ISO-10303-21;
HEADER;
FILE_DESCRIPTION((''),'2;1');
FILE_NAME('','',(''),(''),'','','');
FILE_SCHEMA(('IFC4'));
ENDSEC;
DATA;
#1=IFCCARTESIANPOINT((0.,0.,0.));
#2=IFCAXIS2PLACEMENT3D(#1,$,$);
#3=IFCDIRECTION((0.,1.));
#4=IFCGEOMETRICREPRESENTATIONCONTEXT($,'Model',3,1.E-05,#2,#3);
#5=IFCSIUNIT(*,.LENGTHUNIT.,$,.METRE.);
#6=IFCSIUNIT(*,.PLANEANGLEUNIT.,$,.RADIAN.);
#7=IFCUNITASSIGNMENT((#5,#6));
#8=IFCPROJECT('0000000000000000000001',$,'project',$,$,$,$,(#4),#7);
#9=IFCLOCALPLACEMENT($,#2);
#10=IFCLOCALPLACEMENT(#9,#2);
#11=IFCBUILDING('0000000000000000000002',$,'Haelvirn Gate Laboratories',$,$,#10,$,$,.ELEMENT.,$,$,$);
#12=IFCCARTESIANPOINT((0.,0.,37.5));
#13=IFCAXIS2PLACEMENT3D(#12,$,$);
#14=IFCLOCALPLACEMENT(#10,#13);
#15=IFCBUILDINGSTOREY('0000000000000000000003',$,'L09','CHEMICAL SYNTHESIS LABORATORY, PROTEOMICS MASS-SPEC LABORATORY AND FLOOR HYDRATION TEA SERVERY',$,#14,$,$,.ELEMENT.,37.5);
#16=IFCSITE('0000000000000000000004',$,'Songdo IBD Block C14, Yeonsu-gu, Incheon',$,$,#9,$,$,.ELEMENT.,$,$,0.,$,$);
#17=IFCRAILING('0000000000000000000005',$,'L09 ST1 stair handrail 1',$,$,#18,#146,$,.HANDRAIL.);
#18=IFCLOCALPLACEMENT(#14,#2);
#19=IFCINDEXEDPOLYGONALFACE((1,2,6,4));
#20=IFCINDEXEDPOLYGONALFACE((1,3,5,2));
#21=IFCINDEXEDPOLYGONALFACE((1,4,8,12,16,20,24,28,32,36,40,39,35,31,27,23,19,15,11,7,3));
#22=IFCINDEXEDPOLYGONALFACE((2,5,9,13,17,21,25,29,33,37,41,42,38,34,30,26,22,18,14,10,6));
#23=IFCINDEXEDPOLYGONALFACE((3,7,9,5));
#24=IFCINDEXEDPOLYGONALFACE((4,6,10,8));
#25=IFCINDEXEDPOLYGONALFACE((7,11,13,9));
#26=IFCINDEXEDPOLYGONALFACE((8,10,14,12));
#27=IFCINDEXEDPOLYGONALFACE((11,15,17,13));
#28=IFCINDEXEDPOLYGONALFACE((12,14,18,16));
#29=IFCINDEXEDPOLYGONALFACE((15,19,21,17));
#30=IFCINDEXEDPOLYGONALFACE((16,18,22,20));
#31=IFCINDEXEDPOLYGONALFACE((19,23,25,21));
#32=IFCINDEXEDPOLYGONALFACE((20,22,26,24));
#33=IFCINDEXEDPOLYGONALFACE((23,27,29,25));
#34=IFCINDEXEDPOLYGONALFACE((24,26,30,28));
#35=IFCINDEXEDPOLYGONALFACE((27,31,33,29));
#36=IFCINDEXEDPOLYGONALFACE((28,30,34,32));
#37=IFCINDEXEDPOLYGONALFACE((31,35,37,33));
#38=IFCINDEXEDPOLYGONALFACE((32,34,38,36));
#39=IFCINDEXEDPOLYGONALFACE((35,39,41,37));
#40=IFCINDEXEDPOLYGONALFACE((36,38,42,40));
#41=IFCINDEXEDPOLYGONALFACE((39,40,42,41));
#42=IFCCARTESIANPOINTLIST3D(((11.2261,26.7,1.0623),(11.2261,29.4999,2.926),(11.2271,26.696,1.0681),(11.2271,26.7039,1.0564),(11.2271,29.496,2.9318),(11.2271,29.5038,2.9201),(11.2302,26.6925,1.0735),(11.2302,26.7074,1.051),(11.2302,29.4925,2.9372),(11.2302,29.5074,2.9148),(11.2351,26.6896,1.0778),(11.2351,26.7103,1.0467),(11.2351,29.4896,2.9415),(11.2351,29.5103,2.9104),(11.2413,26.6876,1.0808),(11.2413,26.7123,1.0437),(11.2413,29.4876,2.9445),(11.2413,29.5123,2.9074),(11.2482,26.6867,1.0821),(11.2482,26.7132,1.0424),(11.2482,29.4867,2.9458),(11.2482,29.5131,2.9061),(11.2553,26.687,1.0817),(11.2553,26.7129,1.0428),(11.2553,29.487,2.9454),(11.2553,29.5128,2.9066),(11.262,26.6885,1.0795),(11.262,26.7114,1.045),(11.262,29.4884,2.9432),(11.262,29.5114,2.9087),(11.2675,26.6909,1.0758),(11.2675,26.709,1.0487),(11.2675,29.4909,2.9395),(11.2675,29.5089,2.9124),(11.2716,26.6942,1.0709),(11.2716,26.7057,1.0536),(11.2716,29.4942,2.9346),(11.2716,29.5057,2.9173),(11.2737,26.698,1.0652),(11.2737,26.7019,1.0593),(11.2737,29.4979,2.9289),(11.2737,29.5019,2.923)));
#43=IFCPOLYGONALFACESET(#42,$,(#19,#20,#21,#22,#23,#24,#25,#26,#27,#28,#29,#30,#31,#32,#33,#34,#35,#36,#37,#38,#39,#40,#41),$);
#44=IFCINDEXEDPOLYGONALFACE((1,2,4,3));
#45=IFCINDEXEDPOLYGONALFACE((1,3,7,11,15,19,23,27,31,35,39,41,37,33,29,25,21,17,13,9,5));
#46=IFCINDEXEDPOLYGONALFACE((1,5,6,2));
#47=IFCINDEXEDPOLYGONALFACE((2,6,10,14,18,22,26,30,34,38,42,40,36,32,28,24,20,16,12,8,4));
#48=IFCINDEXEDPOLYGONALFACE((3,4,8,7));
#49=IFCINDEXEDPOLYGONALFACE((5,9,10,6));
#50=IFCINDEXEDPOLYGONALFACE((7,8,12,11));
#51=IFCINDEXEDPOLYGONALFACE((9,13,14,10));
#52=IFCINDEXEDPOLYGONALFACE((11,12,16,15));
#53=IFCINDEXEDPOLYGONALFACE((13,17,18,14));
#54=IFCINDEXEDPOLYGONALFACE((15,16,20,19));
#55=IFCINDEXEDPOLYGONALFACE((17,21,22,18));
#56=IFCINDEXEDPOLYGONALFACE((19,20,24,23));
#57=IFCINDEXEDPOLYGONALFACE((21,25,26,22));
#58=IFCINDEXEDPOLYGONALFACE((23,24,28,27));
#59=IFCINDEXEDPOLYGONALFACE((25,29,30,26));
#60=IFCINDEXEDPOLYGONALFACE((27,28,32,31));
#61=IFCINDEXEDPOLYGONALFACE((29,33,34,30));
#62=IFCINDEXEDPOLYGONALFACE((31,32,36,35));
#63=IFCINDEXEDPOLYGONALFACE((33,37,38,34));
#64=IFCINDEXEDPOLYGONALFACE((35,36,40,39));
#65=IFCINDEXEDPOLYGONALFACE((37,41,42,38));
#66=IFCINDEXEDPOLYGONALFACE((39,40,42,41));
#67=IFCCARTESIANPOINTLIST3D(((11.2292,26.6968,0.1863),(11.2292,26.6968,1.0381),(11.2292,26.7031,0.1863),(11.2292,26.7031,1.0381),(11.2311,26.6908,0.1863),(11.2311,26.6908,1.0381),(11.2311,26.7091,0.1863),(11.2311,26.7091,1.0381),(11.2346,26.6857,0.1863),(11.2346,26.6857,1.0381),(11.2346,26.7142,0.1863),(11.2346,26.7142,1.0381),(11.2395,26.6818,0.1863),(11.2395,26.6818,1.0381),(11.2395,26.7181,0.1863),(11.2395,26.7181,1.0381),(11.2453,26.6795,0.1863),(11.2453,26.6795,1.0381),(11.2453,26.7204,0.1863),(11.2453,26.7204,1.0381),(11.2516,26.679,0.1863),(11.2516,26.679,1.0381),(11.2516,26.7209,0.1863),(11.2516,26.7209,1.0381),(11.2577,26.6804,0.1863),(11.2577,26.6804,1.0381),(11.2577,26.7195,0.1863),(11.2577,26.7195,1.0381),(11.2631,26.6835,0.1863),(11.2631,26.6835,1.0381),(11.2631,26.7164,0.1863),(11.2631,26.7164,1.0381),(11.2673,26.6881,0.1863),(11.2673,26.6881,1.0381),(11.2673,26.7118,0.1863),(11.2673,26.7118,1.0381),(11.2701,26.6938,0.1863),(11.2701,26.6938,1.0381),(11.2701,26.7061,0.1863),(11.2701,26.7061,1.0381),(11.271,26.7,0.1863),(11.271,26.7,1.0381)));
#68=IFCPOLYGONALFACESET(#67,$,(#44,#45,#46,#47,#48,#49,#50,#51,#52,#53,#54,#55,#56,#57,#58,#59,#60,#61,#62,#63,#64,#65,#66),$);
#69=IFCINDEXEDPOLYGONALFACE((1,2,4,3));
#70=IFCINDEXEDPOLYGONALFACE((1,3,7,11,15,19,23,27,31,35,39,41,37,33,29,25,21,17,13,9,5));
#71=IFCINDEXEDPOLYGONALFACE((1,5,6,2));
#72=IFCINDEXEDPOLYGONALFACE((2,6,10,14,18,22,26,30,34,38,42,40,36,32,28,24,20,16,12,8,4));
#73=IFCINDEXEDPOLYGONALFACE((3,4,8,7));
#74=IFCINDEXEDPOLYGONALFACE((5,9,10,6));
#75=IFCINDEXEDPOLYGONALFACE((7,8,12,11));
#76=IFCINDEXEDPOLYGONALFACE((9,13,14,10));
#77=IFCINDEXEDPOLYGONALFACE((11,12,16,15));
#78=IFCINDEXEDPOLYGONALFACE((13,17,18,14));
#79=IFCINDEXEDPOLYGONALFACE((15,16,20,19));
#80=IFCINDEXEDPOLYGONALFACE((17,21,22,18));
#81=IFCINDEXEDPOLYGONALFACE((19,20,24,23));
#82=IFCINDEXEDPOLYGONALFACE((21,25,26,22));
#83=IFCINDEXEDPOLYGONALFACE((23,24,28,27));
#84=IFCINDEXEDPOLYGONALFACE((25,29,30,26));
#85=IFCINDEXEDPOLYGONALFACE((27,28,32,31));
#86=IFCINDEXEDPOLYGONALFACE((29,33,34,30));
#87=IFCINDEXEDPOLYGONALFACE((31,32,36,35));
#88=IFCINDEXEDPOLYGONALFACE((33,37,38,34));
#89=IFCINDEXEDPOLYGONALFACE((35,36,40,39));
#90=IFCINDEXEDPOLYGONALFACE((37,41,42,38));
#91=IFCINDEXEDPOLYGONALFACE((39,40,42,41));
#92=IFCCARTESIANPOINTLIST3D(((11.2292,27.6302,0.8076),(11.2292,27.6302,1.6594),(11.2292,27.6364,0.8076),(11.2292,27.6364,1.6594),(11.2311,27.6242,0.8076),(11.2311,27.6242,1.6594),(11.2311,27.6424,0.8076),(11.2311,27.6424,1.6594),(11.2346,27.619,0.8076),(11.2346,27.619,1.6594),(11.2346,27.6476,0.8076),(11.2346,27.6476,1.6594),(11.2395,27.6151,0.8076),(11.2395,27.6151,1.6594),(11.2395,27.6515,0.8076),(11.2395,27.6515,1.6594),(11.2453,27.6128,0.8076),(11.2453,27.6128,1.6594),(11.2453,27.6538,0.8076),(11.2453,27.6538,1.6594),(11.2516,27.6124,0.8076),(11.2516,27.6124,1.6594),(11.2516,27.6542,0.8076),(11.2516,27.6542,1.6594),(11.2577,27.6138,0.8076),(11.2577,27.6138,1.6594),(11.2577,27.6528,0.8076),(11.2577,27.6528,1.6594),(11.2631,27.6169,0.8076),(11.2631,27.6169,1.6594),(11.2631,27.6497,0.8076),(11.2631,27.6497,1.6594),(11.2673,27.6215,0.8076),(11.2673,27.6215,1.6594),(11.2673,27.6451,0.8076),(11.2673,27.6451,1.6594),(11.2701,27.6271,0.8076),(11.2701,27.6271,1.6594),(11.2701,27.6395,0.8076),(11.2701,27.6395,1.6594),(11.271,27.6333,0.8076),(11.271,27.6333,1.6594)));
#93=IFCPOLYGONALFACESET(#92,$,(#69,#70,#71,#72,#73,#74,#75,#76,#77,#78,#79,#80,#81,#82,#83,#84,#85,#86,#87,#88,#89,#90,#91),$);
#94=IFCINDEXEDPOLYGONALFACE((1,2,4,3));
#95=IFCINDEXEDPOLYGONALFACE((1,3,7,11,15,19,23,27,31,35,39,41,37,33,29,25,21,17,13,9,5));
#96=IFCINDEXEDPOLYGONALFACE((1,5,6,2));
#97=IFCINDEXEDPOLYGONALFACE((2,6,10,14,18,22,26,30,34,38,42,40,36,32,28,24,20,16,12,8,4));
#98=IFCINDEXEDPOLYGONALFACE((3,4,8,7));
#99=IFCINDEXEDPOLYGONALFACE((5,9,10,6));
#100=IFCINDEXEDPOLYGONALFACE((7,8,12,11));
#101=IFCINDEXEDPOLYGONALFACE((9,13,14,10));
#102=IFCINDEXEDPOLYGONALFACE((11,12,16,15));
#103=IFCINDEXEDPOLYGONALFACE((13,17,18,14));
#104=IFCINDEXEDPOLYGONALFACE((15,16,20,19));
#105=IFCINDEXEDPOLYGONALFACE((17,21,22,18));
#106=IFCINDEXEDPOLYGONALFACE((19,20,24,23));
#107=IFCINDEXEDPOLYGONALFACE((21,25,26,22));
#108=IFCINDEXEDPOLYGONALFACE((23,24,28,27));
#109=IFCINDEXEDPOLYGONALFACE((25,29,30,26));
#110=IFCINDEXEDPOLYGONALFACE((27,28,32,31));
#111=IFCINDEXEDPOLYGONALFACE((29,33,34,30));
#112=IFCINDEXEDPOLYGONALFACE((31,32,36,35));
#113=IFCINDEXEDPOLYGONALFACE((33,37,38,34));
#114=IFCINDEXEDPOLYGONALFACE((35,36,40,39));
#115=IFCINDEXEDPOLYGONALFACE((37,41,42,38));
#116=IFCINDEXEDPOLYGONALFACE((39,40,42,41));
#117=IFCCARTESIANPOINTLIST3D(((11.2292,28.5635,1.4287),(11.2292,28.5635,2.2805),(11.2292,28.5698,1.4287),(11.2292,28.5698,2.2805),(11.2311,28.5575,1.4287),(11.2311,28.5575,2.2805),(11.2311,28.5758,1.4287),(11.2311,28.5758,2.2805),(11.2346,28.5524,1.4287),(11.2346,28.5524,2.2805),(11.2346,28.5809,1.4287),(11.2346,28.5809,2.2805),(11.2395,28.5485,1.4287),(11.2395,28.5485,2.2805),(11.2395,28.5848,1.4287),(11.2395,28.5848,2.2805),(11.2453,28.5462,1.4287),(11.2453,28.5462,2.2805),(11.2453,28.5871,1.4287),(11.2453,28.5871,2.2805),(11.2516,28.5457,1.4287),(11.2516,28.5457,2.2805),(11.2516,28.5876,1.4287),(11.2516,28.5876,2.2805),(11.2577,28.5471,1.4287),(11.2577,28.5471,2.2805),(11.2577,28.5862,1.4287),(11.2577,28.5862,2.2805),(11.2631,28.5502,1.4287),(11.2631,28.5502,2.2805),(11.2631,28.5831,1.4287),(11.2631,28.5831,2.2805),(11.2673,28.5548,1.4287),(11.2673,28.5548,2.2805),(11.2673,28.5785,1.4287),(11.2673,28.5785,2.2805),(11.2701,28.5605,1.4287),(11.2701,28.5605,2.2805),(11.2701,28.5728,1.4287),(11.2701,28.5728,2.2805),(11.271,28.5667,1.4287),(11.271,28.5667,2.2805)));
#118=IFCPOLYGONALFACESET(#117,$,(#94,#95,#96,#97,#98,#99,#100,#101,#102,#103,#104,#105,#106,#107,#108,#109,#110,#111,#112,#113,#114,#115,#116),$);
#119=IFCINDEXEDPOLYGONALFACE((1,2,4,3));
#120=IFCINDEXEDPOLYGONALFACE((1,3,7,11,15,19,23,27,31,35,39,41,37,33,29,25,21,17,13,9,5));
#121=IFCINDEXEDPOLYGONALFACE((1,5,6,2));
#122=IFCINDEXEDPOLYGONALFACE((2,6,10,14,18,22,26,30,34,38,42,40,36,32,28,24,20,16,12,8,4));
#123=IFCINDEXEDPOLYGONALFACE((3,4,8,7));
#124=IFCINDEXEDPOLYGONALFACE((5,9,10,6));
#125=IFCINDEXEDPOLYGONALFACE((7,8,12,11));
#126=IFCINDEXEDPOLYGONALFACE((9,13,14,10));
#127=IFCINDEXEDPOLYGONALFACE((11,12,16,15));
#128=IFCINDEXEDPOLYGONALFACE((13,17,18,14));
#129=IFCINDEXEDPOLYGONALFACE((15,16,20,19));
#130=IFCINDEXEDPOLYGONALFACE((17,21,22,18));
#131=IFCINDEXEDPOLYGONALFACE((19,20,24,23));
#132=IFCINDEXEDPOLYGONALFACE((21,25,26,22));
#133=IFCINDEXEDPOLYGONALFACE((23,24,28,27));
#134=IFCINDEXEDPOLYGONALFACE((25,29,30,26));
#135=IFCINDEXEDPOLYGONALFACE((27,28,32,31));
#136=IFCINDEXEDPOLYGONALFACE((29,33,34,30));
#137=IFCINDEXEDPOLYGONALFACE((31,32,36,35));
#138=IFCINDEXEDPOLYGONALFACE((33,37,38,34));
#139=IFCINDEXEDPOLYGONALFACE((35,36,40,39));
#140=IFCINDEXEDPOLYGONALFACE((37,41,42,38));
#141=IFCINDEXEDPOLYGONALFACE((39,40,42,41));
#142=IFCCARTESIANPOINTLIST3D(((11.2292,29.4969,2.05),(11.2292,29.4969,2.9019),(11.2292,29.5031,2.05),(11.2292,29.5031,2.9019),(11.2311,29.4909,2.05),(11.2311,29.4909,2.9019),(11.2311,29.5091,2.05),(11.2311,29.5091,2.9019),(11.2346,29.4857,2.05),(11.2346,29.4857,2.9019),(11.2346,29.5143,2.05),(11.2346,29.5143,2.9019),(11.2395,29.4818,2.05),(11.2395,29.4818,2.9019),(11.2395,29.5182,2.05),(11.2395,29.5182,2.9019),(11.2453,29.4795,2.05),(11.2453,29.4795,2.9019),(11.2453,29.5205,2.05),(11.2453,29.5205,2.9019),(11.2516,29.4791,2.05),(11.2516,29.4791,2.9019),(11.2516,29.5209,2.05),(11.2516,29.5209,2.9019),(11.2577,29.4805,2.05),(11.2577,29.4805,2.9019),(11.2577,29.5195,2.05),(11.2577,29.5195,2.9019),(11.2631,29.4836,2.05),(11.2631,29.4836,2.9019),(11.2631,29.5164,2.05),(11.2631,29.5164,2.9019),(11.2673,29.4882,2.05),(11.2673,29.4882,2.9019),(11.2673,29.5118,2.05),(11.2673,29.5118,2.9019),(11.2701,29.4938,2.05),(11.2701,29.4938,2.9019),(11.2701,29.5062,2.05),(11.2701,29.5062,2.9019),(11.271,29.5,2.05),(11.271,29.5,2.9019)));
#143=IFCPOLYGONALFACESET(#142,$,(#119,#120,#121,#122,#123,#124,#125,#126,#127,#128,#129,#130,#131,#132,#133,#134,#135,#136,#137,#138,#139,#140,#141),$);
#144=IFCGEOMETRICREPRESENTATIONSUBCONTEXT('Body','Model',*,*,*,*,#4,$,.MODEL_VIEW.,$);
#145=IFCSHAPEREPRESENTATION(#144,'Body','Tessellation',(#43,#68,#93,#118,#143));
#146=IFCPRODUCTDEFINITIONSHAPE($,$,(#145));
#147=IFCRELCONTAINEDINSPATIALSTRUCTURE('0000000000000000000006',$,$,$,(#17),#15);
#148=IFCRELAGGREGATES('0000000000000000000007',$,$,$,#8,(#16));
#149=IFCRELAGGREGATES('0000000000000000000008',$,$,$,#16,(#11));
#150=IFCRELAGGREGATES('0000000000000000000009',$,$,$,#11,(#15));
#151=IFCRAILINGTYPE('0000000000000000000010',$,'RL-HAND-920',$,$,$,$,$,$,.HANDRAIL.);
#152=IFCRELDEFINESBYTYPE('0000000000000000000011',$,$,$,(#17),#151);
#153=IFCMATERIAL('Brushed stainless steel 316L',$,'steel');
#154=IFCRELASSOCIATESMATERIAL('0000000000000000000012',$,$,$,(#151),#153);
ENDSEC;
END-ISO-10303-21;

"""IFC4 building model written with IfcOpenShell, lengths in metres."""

from ifc_helpers import new_model, si_unit, direction, frame, origin, origin_2d, place, context, subcontext, project, spatial, circle, extrude, source, transform, mapped, material, type_object, element, save


model = new_model("IFC4")

# Units and contexts
model_context = context("Model", 3, precision=1e-05, world=origin(), true_north=direction((0.0, 1.0)))
body_context = subcontext(model_context, "Body", "Model", "MODEL_VIEW")
ifc_project = project(units=[si_unit("LENGTHUNIT", "METRE"), si_unit("PLANEANGLEUNIT", "RADIAN")], contexts=[model_context])

# Site, building, storey
site_placement = place(None, origin())
site = spatial("IfcSite", under=ifc_project, at=site_placement, Name="Songdo IBD Block C14, Yeonsu-gu, Incheon", CompositionType="ELEMENT", RefElevation=0.0)
building_placement = place(site_placement, origin())
building = spatial("IfcBuilding", under=site, at=building_placement, Name="Haelvirn Gate Laboratories", CompositionType="ELEMENT")
storey_placement = place(building_placement, frame((0.0, 0.0, 37.5)))
storey = spatial("IfcBuildingStorey", under=building, at=storey_placement, Name="L09", Description="CHEMICAL SYNTHESIS LABORATORY, PROTEOMICS MASS-SPEC LABORATORY AND FLOOR HYDRATION TEA SERVERY", CompositionType="ELEMENT", Elevation=37.5)

# Railing
ifc_material_1 = material(Name="Brushed stainless steel 316L", Category="steel")
railing_type_1 = type_object("IfcRailingType", Name="RL-HAND-920", PredefinedType="HANDRAIL", material=ifc_material_1)
shared_shape_1 = source(origin(), body_context, "Body", "SweptSolid", [
    extrude(circle(Radius=0.0239, at=origin_2d()), frame((0.0, 0.0, 0.876), z_axis=(0.0, 0.832452, 0.554097), x_axis=(-1.0, 0.0, 0.0)), (0.0, 0.0, 1.0), 3.3635),
    extrude(circle(Radius=0.021, at=origin_2d()), origin(), (0.0, 0.0, 1.0), 0.8518),
    extrude(circle(Radius=0.021, at=origin_2d()), frame((0.0, 0.9333, 0.6213)), (0.0, 0.0, 1.0), 0.8518),
    extrude(circle(Radius=0.021, at=origin_2d()), frame((0.0, 1.8667, 1.2424)), (0.0, 0.0, 1.0), 0.8518),
    extrude(circle(Radius=0.021, at=origin_2d()), frame((0.0, 2.8, 1.8638)), (0.0, 0.0, 1.0), 0.8518),
])
railing_1_placement = place(storey_placement, frame((11.25, 26.7, 0.1863)))
element("IfcRailing", 1, at=railing_1_placement, inside=storey, type_object=railing_type_1, Name="L09 ST1 stair handrail 1", PredefinedType="HANDRAIL", context=body_context, shape_type="MappedRepresentation", body=[
    mapped(shared_shape_1, transform((0.0, 0.0, 0.0), scale=1.0)),
])

save(model, "model.ifc")
